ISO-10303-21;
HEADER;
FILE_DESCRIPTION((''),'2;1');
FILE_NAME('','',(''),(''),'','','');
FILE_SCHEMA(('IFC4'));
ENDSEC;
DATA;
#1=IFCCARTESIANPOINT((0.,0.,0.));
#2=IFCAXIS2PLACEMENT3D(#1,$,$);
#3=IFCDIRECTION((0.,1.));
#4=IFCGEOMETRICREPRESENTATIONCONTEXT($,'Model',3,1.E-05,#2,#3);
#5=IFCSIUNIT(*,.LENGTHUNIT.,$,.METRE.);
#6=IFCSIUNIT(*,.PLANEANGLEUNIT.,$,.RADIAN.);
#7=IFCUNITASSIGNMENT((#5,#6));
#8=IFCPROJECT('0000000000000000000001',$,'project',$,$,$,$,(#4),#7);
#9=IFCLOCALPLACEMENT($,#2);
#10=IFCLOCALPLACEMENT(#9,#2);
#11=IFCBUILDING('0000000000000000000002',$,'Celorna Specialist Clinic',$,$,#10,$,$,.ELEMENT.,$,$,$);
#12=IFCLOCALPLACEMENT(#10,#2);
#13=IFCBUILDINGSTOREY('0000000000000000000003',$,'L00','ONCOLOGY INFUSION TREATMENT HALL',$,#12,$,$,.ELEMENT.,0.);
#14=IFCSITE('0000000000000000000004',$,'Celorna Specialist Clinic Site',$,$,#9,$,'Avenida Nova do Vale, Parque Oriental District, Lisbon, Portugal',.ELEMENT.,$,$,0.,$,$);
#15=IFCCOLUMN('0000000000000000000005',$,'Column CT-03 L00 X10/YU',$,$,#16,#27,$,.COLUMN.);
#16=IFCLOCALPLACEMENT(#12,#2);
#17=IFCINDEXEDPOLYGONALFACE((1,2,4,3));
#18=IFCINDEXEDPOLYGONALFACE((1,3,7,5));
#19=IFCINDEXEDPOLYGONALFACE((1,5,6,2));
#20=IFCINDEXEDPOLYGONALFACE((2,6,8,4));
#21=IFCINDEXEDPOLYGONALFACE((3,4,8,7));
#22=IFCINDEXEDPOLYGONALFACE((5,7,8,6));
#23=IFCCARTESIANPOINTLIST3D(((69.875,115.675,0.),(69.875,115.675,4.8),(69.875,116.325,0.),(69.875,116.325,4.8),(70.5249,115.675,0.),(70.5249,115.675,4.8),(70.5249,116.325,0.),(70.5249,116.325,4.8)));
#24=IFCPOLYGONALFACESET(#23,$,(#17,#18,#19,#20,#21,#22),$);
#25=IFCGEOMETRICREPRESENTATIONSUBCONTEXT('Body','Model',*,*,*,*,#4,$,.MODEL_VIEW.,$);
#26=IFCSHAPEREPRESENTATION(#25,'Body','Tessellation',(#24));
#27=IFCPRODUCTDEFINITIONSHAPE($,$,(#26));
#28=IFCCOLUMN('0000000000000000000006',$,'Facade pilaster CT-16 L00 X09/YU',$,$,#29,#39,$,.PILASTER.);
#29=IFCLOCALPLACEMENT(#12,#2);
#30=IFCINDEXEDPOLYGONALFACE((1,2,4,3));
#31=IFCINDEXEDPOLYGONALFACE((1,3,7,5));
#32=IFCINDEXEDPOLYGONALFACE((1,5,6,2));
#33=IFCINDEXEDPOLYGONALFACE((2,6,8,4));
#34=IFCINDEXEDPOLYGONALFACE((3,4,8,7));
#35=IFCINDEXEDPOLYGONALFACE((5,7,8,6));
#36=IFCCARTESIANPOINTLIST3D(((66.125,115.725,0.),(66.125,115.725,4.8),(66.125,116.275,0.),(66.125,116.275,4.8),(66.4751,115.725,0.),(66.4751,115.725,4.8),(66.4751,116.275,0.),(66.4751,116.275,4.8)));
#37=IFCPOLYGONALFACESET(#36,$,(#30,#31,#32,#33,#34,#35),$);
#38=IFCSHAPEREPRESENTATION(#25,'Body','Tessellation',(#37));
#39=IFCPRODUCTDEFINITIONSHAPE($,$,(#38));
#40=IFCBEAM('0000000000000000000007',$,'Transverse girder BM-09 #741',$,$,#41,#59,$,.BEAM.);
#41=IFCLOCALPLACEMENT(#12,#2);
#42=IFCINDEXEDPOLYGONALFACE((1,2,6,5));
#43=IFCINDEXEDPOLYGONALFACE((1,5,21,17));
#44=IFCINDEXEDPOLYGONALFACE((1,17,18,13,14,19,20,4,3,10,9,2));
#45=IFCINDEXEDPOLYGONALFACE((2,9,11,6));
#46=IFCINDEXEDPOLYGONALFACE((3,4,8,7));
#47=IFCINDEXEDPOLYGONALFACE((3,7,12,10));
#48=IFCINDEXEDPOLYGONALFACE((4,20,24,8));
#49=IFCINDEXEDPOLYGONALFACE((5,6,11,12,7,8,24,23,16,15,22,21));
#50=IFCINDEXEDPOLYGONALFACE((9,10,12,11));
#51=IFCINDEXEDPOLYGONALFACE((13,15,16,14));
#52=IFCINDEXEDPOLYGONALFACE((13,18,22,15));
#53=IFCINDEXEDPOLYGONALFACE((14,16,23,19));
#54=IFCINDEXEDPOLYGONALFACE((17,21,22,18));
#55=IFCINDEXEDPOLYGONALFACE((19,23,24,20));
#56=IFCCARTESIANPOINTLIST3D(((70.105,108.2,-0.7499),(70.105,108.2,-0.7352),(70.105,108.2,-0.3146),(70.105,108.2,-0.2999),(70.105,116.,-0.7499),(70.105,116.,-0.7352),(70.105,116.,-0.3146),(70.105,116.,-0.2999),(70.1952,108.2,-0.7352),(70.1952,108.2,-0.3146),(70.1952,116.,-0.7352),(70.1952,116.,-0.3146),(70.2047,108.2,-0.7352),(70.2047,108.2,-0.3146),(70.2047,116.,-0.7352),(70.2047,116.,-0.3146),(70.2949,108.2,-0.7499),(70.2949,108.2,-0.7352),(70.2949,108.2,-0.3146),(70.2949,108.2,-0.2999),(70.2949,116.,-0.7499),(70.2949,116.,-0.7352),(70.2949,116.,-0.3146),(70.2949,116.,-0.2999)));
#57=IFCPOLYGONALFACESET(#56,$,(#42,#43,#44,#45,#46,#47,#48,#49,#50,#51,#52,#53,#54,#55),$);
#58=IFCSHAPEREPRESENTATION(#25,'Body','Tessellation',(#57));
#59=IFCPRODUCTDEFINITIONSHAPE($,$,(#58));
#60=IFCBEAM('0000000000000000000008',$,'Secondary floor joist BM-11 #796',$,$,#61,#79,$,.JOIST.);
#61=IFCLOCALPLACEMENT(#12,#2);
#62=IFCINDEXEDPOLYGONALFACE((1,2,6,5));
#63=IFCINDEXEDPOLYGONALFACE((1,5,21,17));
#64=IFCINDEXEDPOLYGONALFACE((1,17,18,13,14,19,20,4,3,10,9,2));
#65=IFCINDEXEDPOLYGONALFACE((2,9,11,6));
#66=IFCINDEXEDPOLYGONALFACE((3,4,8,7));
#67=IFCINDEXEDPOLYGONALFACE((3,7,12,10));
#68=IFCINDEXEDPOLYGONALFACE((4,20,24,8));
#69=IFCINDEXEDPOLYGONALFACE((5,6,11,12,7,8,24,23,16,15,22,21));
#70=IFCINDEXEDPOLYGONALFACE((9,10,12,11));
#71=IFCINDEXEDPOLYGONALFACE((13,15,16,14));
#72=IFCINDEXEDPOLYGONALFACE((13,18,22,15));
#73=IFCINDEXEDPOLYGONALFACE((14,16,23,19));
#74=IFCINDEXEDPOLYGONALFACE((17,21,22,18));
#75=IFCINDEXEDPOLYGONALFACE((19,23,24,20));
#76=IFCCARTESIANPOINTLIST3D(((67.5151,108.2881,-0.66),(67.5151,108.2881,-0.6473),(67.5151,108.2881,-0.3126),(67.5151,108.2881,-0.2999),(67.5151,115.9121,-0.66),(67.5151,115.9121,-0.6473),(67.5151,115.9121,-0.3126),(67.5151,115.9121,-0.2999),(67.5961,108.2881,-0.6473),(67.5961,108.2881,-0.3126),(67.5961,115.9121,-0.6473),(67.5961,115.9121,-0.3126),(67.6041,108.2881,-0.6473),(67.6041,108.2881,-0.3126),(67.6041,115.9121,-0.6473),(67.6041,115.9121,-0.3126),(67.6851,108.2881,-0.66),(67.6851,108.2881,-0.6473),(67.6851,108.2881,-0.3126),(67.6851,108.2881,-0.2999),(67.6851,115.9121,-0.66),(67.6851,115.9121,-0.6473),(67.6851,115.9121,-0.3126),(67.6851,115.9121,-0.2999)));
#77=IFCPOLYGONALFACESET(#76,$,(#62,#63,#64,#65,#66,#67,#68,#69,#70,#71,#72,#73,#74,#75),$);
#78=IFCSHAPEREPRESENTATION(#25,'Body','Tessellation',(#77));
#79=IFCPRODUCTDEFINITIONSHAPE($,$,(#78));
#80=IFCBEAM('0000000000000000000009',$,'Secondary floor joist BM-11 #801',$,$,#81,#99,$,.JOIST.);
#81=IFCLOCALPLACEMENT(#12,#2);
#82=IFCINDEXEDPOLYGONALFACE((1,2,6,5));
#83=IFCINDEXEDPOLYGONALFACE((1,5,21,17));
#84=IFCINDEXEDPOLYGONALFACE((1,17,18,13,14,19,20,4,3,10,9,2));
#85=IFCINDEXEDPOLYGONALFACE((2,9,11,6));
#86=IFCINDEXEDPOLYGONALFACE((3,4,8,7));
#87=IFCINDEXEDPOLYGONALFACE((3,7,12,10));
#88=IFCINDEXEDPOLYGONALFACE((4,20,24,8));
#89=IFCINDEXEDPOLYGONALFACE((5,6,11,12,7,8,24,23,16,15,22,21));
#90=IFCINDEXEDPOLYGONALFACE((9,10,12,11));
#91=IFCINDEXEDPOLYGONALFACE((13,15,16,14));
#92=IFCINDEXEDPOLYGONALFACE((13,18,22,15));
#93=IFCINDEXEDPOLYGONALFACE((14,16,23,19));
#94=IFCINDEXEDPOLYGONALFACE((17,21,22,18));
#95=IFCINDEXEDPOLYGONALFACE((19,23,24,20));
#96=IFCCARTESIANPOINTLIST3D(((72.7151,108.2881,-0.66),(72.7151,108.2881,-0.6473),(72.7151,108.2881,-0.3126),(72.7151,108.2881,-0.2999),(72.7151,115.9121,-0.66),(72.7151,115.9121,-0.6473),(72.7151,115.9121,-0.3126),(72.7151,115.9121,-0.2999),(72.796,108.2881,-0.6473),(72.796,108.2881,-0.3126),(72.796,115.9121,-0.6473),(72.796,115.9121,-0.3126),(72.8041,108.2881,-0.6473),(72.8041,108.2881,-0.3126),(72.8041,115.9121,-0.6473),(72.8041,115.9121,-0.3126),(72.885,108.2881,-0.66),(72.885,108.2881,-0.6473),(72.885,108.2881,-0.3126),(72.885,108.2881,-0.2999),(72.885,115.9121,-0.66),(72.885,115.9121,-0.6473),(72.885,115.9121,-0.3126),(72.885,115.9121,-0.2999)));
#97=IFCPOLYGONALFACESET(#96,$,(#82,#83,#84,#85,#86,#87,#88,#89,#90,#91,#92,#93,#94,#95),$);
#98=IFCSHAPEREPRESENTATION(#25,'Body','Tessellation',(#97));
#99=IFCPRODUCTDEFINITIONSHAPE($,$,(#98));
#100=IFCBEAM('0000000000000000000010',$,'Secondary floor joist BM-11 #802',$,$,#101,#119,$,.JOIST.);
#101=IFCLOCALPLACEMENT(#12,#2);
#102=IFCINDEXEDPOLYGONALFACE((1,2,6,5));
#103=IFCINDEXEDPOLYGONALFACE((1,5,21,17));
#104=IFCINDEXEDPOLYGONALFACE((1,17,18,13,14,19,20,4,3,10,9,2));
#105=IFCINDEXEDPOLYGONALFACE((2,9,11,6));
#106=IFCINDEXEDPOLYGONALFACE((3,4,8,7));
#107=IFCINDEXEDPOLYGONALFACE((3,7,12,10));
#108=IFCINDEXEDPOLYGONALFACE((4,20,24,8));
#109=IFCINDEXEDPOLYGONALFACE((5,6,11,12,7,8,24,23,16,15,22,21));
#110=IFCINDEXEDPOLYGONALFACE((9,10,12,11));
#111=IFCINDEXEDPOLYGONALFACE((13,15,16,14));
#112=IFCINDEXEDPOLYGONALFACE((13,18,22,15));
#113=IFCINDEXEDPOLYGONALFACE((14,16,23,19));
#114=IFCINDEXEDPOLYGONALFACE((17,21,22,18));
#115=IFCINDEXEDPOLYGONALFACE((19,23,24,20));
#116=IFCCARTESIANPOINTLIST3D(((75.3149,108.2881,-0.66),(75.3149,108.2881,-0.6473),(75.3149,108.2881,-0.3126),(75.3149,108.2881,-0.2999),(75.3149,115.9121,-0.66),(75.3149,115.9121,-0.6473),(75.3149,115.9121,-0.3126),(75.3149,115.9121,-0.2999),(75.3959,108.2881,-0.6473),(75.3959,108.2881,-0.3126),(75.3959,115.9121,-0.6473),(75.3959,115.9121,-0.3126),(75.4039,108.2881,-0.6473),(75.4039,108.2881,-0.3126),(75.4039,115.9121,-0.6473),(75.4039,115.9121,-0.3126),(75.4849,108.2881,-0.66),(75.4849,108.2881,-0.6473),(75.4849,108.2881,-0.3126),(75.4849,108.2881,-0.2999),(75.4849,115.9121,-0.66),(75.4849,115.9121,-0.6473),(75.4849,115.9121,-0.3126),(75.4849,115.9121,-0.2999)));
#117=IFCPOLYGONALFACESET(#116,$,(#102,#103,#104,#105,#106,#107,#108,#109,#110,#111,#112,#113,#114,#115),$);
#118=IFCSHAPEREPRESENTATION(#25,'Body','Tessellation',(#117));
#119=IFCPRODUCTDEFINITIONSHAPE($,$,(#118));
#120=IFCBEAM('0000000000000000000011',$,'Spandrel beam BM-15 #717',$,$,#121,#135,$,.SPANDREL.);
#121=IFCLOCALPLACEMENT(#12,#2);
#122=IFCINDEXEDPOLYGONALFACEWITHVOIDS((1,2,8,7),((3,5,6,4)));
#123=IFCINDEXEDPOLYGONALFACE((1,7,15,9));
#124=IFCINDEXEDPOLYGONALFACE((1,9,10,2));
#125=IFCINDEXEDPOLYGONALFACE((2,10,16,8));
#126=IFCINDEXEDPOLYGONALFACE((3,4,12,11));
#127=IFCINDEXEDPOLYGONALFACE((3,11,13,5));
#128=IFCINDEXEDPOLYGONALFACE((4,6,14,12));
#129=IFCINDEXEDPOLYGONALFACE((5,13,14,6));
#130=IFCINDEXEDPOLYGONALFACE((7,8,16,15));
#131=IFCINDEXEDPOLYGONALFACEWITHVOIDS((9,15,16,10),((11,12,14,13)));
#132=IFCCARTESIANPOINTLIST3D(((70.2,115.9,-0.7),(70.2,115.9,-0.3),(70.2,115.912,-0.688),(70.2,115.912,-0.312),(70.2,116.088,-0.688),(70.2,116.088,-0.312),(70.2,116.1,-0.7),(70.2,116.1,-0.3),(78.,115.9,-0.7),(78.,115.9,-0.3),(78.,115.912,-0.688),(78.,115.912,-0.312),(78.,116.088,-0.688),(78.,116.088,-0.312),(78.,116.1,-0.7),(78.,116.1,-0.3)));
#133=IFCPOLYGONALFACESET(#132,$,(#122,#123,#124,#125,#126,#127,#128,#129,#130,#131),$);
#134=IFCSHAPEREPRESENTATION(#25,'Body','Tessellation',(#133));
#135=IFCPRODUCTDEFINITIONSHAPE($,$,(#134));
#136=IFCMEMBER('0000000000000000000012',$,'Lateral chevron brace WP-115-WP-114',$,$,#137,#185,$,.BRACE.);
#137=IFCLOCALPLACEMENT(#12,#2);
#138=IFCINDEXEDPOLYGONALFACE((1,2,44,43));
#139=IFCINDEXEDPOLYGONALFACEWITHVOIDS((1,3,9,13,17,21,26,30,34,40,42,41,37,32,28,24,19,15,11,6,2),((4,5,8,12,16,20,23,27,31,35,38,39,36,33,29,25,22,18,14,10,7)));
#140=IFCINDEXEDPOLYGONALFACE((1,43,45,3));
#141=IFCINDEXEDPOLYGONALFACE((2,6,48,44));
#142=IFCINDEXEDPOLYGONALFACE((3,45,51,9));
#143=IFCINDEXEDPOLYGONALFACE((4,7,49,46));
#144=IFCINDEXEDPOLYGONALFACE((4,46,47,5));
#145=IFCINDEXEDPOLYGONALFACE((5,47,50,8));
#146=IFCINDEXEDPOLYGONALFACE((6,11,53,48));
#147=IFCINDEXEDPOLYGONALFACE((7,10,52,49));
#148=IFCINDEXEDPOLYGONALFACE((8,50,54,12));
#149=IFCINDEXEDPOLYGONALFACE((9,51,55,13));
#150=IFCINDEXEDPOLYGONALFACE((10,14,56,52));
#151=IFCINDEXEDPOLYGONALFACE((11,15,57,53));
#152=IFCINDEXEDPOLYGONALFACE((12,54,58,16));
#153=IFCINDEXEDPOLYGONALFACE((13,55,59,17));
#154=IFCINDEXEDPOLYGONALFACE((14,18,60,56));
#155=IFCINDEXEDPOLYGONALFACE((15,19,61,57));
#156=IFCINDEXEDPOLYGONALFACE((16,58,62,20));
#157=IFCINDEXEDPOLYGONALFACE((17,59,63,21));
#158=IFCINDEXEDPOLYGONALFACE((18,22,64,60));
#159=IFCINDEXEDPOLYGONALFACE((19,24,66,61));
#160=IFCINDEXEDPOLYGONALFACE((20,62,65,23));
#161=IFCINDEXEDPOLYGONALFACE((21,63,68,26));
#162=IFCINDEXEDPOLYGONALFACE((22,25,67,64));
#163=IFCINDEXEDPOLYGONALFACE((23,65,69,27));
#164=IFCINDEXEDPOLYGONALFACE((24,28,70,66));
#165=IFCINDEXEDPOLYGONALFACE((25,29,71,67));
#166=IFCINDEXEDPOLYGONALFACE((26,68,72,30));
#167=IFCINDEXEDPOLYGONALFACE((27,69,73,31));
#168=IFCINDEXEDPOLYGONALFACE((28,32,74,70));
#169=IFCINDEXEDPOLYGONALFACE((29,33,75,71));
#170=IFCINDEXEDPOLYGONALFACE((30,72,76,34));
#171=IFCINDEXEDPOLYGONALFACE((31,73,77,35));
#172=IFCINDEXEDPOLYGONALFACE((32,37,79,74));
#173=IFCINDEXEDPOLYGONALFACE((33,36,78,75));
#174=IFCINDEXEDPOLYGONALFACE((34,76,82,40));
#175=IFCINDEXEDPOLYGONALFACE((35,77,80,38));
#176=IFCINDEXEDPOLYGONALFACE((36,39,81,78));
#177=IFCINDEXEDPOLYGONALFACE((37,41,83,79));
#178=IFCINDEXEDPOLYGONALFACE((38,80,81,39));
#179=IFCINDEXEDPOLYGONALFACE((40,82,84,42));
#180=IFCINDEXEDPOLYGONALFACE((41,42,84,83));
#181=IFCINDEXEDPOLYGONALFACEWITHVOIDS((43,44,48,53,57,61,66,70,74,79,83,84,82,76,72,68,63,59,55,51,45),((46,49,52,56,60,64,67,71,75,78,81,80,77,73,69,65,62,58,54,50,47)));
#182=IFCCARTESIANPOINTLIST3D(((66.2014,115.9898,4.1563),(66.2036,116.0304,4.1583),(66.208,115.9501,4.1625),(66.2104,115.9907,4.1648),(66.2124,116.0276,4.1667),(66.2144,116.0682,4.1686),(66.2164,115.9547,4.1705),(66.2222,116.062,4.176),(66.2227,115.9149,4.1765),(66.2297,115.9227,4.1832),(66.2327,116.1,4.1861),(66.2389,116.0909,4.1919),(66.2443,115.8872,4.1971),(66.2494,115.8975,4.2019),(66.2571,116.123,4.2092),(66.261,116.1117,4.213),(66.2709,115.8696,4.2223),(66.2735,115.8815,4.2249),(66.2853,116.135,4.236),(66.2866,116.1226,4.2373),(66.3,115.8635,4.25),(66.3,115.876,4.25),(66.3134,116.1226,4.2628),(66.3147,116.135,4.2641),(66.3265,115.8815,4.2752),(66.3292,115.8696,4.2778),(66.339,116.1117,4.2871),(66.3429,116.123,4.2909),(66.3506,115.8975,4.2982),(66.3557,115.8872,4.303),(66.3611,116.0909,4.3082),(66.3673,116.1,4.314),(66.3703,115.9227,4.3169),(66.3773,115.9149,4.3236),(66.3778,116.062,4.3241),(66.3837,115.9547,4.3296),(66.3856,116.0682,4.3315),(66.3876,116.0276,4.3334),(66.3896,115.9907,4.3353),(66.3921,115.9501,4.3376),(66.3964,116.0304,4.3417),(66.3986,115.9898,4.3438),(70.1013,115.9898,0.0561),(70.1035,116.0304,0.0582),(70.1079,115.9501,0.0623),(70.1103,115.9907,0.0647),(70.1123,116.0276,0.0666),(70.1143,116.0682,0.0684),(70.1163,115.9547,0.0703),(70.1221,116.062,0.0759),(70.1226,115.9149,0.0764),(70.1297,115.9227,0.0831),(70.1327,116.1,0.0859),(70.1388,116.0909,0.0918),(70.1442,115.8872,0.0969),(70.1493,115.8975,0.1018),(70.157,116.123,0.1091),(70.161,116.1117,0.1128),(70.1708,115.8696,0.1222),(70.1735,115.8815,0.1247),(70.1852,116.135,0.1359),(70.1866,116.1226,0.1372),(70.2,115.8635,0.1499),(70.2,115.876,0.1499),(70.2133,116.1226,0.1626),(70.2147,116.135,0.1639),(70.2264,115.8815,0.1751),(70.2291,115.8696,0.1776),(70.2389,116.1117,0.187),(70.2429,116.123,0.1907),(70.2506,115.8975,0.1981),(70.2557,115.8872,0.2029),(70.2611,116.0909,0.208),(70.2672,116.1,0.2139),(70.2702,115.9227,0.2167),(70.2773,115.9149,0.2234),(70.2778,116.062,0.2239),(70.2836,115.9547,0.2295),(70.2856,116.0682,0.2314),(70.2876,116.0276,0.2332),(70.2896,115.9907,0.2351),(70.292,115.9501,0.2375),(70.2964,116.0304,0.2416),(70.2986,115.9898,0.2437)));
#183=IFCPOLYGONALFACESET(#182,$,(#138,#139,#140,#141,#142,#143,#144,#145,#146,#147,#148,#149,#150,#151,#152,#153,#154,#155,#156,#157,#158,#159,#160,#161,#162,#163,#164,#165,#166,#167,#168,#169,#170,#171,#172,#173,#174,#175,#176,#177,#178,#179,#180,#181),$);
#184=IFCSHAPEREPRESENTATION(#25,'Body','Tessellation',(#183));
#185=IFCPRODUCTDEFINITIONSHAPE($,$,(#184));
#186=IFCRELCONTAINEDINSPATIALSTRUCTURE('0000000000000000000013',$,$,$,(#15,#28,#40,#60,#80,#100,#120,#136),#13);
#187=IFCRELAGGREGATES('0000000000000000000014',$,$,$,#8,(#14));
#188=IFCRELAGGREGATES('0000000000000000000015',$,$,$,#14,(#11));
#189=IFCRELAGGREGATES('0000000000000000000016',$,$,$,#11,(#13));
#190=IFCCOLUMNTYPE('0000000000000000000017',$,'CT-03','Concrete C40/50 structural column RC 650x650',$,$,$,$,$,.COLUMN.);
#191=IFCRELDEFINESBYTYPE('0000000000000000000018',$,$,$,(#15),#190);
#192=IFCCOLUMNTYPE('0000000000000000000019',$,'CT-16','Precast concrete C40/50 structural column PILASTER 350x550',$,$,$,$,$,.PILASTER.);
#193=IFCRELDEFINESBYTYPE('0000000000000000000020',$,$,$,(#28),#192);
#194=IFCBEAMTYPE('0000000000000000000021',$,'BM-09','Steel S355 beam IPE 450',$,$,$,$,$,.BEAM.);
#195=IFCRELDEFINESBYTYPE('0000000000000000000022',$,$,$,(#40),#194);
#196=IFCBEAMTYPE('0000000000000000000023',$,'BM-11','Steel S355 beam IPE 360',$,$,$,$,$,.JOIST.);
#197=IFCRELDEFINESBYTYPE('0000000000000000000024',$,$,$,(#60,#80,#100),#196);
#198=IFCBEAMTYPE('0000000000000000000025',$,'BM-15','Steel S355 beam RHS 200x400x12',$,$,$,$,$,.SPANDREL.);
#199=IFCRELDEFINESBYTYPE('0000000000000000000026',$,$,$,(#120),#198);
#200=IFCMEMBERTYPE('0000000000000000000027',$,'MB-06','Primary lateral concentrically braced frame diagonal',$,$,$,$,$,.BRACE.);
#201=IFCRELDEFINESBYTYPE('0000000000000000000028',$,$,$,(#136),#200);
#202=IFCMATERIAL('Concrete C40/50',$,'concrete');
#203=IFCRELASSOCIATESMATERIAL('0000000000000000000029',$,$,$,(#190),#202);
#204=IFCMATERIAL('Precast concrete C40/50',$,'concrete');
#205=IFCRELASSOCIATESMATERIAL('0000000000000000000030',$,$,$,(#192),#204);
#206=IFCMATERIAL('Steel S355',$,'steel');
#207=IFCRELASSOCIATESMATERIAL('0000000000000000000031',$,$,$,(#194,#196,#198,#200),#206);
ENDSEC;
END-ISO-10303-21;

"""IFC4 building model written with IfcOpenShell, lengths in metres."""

from ifc_helpers import new_model, si_unit, direction, frame, origin, origin_2d, place, context, subcontext, project, spatial, rectangle, hollow_rectangle, hollow_circle, i_section, extrude, material, material_profile, profile_set, type_object, element, save


model = new_model("IFC4")

# Units and contexts
model_context = context("Model", 3, precision=1e-05, world=origin(), true_north=direction((0.0, 1.0)))
body_context = subcontext(model_context, "Body", "Model", "MODEL_VIEW")
ifc_project = project(units=[si_unit("LENGTHUNIT", "METRE"), si_unit("PLANEANGLEUNIT", "RADIAN")], contexts=[model_context])

# Site, building, storey
site_placement = place(None, origin())
site = spatial("IfcSite", under=ifc_project, at=site_placement, Name="Celorna Specialist Clinic Site", LongName="Avenida Nova do Vale, Parque Oriental District, Lisbon, Portugal", CompositionType="ELEMENT", RefElevation=0.0)
building_placement = place(site_placement, origin())
building = spatial("IfcBuilding", under=site, at=building_placement, Name="Celorna Specialist Clinic", CompositionType="ELEMENT")
storey_placement = place(building_placement, origin())
storey = spatial("IfcBuildingStorey", under=building, at=storey_placement, Name="L00", Description="ONCOLOGY INFUSION TREATMENT HALL", CompositionType="ELEMENT", Elevation=0.0)

# Columns
ifc_material_1 = material(Name="Concrete C40/50", Category="concrete")
ifc_material_profile_1 = material_profile(ifc_material_1, rectangle(XDim=0.6499, YDim=0.6499, at=origin_2d()), Name="RC 650x650")
ifc_profile_set_1 = profile_set([ifc_material_profile_1], Name="Concrete C40/50")
column_type_1 = type_object("IfcColumnType", Name="CT-03", Description="Concrete C40/50 structural column RC 650x650", PredefinedType="COLUMN", material=ifc_profile_set_1)
column_1_placement = place(storey_placement, frame((70.2, 116.0, 0.0), z_axis=(0.0, 0.0, 1.0), x_axis=(1.0, 0.0, 0.0)))
element("IfcColumn", 1, at=column_1_placement, inside=storey, type_object=column_type_1, Name="Column CT-03 L00 X10/YU", PredefinedType="COLUMN", context=body_context, shape_type="SweptSolid", body=[
    extrude(rectangle(XDim=0.6499, YDim=0.6499, at=origin_2d()), origin(), (0.0, 0.0, 1.0), 4.8),
])
ifc_material_2 = material(Name="Precast concrete C40/50", Category="concrete")
ifc_material_profile_2 = material_profile(ifc_material_2, rectangle(XDim=0.3501, YDim=0.55, at=origin_2d()), Name="PILASTER 350x550")
ifc_profile_set_2 = profile_set([ifc_material_profile_2], Name="Precast concrete C40/50")
column_type_2 = type_object("IfcColumnType", Name="CT-16", Description="Precast concrete C40/50 structural column PILASTER 350x550", PredefinedType="PILASTER", material=ifc_profile_set_2)
column_2_placement = place(storey_placement, frame((66.3, 116.0, 0.0), z_axis=(0.0, 0.0, 1.0), x_axis=(1.0, 0.0, 0.0)))
element("IfcColumn", 2, at=column_2_placement, inside=storey, type_object=column_type_2, Name="Facade pilaster CT-16 L00 X09/YU", PredefinedType="PILASTER", context=body_context, shape_type="SweptSolid", body=[
    extrude(rectangle(XDim=0.3501, YDim=0.55, at=origin_2d()), origin(), (0.0, 0.0, 1.0), 4.8),
])

# Beams
ifc_material_3 = material(Name="Steel S355", Category="steel")
ifc_material_profile_3 = material_profile(ifc_material_3, i_section(OverallWidth=0.1899, OverallDepth=0.45, WebThickness=0.0095, FlangeThickness=0.0146, at=origin_2d()), Name="IPE 450")
ifc_profile_set_3 = profile_set([ifc_material_profile_3], Name="Steel S355")
beam_type_1 = type_object("IfcBeamType", Name="BM-09", Description="Steel S355 beam IPE 450", PredefinedType="BEAM", material=ifc_profile_set_3)
beam_1_placement = place(storey_placement, frame((70.2, 108.2, -0.5249), z_axis=(0.0, 1.0, 0.0), x_axis=(-1.0, 0.0, 0.0)))
element("IfcBeam", 3, at=beam_1_placement, inside=storey, type_object=beam_type_1, Name="Transverse girder BM-09 #741", PredefinedType="BEAM", context=body_context, shape_type="SweptSolid", body=[
    extrude(i_section(OverallWidth=0.1899, OverallDepth=0.45, WebThickness=0.0095, FlangeThickness=0.0146, at=origin_2d()), origin(), (0.0, 0.0, 1.0), 7.8),
])
ifc_material_profile_4 = material_profile(ifc_material_3, i_section(OverallWidth=0.1699, OverallDepth=0.3601, WebThickness=0.0081, FlangeThickness=0.0127, at=origin_2d()), Name="IPE 360")
ifc_profile_set_4 = profile_set([ifc_material_profile_4], Name="Steel S355")
beam_type_2 = type_object("IfcBeamType", Name="BM-11", Description="Steel S355 beam IPE 360", PredefinedType="JOIST", material=ifc_profile_set_4)
for number, where, z_axis, x_axis, name in (
    (4, (67.6001, 108.2881, -0.48), (0.0, 1.0, 0.0), (-1.0, 0.0, 0.0), "Secondary floor joist BM-11 #796"),
    (5, (72.8, 108.2881, -0.48), (0.0, 1.0, 0.0), (-1.0, 0.0, 0.0), "Secondary floor joist BM-11 #801"),
    (6, (75.3999, 108.2881, -0.48), (0.0, 1.0, 0.0), (-1.0, 0.0, 0.0), "Secondary floor joist BM-11 #802"),
):
    element("IfcBeam", number, at=place(storey_placement, frame(where, z_axis=z_axis, x_axis=x_axis)), inside=storey, type_object=beam_type_2, Name=name, PredefinedType="JOIST", context=body_context, shape_type="SweptSolid", body=[
        extrude(i_section(OverallWidth=0.1699, OverallDepth=0.3601, WebThickness=0.0081, FlangeThickness=0.0127, at=origin_2d()), origin(), (0.0, 0.0, 1.0), 7.624),
    ])
ifc_material_profile_5 = material_profile(ifc_material_3, hollow_rectangle(XDim=0.2, YDim=0.3999, WallThickness=0.012, at=origin_2d()), Name="RHS 200x400x12")
ifc_profile_set_5 = profile_set([ifc_material_profile_5], Name="Steel S355")
beam_type_3 = type_object("IfcBeamType", Name="BM-15", Description="Steel S355 beam RHS 200x400x12", PredefinedType="SPANDREL", material=ifc_profile_set_5)
beam_2_placement = place(storey_placement, frame((70.2, 116.0, -0.5), z_axis=(1.0, 0.0, 0.0), x_axis=(0.0, 1.0, 0.0)))
element("IfcBeam", 7, at=beam_2_placement, inside=storey, type_object=beam_type_3, Name="Spandrel beam BM-15 #717", PredefinedType="SPANDREL", context=body_context, shape_type="SweptSolid", body=[
    extrude(hollow_rectangle(XDim=0.2, YDim=0.3999, WallThickness=0.012, at=origin_2d()), origin(), (0.0, 0.0, 1.0), 7.8),
])

# Member
ifc_material_profile_6 = material_profile(ifc_material_3, hollow_circle(Radius=0.1365, WallThickness=0.0125, at=origin_2d()), Name="CHS 273x12.5")
ifc_profile_set_6 = profile_set([ifc_material_profile_6], Name="Steel S355")
member_type = type_object("IfcMemberType", Name="MB-06", Description="Primary lateral concentrically braced frame diagonal", PredefinedType="BRACE", material=ifc_profile_set_6)
member_placement = place(storey_placement, frame((70.2, 116.0, 0.1499), z_axis=(-0.689196, 0.0, 0.724575), x_axis=(0.0, -1.0, 0.0)))
element("IfcMember", 8, at=member_placement, inside=storey, type_object=member_type, Name="Lateral chevron brace WP-115-WP-114", PredefinedType="BRACE", context=body_context, shape_type="SweptSolid", body=[
    extrude(hollow_circle(Radius=0.1365, WallThickness=0.0125, at=origin_2d()), origin(), (0.0, 0.0, 1.0), 5.6587),
])

save(model, "model.ifc")
